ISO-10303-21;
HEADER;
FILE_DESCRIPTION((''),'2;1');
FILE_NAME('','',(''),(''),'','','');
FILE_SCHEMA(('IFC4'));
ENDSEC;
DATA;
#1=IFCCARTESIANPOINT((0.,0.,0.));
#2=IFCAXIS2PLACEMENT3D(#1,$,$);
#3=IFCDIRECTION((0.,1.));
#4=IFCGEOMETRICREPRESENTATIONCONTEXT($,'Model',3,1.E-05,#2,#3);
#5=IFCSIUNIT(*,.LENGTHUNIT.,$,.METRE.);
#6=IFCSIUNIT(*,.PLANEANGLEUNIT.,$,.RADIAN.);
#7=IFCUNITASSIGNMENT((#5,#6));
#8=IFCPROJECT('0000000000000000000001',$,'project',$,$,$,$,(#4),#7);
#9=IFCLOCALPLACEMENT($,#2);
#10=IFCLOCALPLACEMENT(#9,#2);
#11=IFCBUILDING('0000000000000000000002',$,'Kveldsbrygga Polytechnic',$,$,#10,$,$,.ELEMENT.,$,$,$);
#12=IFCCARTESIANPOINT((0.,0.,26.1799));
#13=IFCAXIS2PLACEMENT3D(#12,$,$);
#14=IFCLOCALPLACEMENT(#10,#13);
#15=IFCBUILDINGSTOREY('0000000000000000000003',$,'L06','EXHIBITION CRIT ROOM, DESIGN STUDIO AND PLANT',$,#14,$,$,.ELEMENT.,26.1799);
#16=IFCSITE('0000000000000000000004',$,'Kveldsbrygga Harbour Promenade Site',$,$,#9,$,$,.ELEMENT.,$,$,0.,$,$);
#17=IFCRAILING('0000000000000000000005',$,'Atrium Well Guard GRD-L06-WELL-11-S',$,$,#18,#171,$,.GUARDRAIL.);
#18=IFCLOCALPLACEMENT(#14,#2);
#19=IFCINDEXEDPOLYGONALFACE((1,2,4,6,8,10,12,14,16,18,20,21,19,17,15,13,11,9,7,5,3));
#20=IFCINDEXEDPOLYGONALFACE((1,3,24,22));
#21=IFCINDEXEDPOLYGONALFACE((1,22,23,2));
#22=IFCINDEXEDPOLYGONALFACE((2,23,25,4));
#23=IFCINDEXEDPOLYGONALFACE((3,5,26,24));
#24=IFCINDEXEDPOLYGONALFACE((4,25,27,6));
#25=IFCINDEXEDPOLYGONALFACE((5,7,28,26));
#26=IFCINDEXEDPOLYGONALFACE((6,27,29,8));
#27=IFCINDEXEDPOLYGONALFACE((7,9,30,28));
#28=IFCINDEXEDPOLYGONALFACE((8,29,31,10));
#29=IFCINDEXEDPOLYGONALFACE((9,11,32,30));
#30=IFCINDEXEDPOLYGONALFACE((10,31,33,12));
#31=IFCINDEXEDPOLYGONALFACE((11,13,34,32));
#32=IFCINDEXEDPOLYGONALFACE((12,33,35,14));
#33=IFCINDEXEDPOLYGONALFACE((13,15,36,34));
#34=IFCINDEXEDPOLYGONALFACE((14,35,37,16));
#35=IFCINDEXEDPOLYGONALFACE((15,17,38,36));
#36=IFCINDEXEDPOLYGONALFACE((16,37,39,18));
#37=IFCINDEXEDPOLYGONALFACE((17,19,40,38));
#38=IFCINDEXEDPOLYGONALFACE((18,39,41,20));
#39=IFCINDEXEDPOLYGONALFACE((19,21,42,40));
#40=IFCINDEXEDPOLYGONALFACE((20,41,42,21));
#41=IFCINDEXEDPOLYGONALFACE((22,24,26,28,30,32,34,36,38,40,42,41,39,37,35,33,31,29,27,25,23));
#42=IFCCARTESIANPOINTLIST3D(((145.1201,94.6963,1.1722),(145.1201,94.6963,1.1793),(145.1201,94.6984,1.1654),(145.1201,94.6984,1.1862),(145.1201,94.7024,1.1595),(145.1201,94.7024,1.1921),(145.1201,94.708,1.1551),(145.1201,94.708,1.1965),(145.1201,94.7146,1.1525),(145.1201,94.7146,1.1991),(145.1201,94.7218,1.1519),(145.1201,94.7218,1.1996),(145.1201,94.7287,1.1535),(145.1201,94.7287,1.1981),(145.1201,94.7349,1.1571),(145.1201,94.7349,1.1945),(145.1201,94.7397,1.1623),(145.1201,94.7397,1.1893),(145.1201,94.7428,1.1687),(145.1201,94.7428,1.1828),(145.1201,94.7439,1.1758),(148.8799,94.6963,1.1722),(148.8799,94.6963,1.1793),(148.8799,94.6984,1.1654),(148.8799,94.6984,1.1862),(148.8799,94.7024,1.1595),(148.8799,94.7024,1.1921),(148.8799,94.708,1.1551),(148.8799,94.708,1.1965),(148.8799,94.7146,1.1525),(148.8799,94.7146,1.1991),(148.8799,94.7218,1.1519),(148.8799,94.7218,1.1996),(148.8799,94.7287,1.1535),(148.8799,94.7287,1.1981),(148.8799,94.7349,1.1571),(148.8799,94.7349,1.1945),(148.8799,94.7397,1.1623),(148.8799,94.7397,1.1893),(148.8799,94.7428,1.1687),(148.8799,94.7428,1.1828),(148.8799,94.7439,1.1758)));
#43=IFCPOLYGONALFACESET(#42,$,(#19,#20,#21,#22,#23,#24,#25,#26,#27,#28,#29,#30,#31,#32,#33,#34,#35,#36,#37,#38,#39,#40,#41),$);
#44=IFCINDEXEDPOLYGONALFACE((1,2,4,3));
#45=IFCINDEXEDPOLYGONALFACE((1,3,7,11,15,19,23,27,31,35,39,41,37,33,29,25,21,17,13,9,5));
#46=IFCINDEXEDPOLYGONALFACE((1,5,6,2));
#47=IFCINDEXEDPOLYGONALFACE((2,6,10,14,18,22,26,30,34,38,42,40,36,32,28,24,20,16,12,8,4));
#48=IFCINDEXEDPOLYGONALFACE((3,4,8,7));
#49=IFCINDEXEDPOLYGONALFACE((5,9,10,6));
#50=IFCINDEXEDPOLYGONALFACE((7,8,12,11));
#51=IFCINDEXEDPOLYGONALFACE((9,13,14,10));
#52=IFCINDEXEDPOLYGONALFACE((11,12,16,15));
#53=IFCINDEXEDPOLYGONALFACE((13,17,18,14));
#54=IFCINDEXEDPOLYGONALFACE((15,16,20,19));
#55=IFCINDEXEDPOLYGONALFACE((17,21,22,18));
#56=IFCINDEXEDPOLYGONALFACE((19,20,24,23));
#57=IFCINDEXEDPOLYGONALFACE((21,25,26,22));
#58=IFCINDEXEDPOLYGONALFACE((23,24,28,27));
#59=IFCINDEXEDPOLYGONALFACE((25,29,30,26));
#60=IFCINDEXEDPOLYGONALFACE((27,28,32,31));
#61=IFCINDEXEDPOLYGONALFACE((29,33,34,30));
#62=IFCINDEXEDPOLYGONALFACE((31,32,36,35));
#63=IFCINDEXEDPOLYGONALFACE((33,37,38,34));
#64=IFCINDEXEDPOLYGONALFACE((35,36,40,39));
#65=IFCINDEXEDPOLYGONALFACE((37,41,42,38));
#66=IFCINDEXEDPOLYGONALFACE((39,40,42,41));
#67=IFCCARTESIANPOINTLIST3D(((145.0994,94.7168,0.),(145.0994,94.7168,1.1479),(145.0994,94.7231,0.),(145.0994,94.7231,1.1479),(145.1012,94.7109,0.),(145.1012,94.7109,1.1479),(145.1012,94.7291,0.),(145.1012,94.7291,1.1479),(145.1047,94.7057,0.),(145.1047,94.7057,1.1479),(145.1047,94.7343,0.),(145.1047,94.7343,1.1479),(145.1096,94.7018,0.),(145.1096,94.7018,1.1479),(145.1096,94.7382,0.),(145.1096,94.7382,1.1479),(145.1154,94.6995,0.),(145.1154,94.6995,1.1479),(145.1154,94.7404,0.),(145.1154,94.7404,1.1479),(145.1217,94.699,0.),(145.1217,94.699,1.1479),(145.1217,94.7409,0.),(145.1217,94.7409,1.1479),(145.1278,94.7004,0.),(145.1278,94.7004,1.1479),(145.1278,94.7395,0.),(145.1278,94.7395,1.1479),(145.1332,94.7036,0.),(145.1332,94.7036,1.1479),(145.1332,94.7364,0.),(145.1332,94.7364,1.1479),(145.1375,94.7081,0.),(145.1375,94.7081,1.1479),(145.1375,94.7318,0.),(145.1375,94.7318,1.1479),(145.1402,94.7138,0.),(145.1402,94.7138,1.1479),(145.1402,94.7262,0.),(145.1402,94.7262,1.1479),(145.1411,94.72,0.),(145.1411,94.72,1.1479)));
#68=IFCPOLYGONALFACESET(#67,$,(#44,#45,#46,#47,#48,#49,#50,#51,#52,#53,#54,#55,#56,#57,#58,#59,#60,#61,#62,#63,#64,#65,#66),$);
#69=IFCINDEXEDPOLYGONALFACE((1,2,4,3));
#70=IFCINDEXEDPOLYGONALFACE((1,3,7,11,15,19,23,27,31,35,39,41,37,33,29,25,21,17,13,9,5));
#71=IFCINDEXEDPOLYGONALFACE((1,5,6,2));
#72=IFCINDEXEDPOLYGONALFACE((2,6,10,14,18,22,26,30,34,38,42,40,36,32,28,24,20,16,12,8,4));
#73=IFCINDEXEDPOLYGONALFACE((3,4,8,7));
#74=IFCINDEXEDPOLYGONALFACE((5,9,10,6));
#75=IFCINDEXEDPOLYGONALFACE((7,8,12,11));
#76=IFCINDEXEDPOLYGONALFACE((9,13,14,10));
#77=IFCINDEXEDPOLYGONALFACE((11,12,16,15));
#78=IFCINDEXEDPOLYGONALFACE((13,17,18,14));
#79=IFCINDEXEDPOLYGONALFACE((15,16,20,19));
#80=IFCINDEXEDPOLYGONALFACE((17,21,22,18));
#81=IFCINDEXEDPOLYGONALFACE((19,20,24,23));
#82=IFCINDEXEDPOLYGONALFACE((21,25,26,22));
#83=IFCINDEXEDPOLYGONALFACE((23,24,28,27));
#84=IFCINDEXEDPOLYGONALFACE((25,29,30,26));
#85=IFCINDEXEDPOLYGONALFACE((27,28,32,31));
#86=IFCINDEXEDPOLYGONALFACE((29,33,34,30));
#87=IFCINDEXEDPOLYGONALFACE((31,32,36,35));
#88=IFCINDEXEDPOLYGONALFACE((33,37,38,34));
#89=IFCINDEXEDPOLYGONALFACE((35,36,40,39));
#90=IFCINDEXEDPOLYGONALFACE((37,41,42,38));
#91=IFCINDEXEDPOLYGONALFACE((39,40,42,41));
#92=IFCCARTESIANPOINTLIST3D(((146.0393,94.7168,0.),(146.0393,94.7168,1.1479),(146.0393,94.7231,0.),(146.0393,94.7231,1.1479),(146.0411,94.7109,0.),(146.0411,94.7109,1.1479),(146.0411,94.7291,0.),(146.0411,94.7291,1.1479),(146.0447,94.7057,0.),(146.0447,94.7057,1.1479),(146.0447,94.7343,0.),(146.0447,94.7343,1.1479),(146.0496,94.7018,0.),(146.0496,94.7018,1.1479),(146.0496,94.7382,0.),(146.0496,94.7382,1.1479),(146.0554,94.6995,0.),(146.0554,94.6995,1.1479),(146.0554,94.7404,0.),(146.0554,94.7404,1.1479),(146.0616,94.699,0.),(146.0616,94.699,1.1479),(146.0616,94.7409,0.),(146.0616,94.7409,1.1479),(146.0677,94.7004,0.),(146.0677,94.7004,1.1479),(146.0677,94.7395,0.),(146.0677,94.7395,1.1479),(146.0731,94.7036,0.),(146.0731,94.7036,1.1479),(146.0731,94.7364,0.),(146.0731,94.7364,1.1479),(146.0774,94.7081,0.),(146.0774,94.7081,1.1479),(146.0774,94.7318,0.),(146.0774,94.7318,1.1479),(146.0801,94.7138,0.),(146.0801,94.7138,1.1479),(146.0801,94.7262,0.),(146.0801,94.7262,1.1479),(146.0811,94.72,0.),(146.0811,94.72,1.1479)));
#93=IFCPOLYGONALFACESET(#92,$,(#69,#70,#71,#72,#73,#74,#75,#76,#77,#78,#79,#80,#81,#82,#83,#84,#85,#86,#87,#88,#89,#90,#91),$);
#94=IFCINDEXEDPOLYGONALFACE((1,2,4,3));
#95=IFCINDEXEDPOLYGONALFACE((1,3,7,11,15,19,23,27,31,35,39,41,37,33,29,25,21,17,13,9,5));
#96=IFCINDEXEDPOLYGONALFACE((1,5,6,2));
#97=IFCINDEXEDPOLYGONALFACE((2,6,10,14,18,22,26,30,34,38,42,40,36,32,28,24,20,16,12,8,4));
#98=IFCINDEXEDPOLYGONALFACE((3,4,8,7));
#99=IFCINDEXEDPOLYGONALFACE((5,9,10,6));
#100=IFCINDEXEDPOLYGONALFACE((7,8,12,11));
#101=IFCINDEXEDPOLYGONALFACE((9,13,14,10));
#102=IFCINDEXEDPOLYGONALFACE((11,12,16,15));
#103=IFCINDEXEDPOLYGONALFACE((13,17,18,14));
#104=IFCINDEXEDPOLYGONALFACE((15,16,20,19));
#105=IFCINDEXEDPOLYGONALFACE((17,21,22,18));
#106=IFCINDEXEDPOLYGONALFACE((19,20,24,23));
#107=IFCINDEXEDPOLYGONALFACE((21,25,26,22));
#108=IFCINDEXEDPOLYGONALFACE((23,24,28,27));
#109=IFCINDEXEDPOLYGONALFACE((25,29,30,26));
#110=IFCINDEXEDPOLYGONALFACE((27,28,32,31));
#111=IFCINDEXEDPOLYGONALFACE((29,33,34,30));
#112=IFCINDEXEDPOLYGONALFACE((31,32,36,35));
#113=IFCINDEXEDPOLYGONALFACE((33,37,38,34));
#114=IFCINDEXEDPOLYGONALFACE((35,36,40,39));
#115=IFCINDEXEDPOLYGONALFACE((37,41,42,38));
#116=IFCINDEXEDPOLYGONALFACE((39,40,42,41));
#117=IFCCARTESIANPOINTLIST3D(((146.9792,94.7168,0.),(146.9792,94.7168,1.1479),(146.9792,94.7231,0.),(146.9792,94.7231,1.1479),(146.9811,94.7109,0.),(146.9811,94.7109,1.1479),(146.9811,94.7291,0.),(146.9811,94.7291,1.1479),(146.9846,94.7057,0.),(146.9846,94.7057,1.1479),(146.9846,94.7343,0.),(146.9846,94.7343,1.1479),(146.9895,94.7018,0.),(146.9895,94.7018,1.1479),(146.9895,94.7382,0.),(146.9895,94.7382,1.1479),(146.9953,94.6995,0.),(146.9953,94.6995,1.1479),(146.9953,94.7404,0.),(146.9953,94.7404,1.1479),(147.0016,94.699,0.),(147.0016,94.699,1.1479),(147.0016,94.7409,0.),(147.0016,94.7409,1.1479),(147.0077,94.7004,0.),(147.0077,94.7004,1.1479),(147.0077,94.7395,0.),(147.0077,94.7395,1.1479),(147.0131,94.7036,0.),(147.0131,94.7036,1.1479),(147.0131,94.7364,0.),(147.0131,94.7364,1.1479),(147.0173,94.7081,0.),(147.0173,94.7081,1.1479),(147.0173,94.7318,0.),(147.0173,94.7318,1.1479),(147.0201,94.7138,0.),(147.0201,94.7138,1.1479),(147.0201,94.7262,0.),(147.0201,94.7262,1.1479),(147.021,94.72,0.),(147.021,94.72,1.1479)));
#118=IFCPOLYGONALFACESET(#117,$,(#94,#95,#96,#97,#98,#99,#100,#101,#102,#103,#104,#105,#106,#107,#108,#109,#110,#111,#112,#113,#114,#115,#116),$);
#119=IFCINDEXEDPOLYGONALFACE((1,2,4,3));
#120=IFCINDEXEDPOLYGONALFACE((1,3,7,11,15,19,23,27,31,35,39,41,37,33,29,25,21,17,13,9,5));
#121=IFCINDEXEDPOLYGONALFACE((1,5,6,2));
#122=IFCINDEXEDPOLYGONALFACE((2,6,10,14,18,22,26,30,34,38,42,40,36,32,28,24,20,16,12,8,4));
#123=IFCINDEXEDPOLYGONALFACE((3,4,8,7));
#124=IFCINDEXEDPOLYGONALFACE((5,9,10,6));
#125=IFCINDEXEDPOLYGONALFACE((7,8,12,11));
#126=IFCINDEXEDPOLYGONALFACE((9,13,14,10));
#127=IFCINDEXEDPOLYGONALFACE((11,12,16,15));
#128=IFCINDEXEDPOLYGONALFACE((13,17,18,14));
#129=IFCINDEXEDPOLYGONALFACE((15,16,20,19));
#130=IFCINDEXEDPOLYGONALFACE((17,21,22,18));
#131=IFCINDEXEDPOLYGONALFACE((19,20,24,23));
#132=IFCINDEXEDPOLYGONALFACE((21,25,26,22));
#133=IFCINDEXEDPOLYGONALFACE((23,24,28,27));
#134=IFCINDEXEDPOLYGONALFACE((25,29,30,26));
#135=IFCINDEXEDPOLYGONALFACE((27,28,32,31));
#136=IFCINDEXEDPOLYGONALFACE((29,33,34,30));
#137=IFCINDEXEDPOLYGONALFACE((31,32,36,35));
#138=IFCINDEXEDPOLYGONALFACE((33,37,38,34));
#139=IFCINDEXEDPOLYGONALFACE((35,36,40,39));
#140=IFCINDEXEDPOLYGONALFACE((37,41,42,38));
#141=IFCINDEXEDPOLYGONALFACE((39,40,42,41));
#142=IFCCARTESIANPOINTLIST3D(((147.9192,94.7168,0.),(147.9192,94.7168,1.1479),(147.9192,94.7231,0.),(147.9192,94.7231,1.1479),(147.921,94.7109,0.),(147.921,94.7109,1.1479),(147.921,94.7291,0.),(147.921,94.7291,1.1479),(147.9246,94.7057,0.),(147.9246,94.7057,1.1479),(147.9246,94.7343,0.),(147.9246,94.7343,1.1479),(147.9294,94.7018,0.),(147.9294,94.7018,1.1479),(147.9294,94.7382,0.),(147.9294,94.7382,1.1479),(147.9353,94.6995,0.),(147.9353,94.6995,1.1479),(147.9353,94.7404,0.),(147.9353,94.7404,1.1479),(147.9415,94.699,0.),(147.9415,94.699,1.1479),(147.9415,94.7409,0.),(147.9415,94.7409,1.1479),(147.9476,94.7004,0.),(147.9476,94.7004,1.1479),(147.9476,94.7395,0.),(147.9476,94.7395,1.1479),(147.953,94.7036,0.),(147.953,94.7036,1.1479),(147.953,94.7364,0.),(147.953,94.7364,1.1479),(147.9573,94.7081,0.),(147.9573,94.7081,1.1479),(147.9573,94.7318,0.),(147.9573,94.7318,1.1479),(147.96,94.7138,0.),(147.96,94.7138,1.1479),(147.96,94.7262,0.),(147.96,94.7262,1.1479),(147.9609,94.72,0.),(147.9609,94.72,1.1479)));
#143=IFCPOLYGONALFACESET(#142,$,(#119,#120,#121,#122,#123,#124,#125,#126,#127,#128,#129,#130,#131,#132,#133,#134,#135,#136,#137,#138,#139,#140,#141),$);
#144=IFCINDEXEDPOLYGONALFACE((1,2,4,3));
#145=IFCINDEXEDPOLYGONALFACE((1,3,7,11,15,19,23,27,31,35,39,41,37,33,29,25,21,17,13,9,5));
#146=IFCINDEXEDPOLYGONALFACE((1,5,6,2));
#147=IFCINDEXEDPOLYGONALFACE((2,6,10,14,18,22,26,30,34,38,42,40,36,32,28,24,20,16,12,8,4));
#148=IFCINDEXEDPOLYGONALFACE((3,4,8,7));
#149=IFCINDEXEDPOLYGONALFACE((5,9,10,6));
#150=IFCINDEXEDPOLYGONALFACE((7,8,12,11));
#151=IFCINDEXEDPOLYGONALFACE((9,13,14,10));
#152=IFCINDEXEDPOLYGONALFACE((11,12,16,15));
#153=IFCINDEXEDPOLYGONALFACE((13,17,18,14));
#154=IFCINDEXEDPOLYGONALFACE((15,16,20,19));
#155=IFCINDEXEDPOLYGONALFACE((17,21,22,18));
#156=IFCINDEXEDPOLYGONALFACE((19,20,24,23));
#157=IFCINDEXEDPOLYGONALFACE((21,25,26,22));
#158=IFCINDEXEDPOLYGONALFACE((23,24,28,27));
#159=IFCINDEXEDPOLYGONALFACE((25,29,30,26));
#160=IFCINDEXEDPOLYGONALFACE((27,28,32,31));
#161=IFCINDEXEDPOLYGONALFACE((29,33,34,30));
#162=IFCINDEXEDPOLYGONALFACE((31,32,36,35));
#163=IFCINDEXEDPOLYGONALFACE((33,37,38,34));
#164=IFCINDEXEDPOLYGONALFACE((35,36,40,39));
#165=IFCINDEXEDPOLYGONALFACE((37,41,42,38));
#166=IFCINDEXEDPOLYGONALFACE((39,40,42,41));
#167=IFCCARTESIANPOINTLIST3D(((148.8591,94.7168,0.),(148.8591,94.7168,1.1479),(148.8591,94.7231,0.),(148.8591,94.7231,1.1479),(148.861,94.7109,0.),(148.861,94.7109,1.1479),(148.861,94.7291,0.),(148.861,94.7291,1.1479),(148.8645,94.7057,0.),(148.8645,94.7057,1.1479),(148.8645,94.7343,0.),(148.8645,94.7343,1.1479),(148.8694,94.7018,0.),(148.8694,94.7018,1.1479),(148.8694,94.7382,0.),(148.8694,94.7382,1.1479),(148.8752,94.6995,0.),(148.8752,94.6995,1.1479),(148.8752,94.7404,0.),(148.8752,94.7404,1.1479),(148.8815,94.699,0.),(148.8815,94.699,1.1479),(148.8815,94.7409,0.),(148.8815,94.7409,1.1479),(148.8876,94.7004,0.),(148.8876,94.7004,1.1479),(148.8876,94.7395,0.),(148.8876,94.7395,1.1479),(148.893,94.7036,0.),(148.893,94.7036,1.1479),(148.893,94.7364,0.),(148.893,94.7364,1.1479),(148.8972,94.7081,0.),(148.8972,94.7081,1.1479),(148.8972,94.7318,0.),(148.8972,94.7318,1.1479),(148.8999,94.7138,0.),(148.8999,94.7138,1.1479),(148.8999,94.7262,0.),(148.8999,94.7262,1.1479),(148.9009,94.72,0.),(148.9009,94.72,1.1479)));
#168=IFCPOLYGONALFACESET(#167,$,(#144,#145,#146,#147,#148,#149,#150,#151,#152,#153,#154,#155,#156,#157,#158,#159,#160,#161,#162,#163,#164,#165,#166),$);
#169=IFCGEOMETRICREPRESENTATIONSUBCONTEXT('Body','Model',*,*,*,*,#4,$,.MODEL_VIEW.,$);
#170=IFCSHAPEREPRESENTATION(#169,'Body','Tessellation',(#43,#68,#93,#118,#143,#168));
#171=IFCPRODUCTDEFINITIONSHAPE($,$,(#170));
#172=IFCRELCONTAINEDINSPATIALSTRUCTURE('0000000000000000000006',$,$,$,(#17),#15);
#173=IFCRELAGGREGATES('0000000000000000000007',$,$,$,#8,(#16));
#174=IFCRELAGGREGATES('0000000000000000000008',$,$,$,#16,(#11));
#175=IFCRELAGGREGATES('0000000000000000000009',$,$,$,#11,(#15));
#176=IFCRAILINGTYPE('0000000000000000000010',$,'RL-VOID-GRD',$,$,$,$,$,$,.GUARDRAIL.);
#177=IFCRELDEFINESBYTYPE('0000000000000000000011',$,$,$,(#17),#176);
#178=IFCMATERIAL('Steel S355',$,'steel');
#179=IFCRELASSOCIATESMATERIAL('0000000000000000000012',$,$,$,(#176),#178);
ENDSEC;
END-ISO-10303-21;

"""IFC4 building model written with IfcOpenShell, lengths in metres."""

from ifc_helpers import new_model, si_unit, direction, frame, origin, origin_2d, place, context, subcontext, project, spatial, circle, extrude, material, type_object, element, save


model = new_model("IFC4")

# Units and contexts
model_context = context("Model", 3, precision=1e-05, world=origin(), true_north=direction((0.0, 1.0)))
body_context = subcontext(model_context, "Body", "Model", "MODEL_VIEW")
ifc_project = project(units=[si_unit("LENGTHUNIT", "METRE"), si_unit("PLANEANGLEUNIT", "RADIAN")], contexts=[model_context])

# Site, building, storey
site_placement = place(None, origin())
site = spatial("IfcSite", under=ifc_project, at=site_placement, Name="Kveldsbrygga Harbour Promenade Site", CompositionType="ELEMENT", RefElevation=0.0)
building_placement = place(site_placement, origin())
building = spatial("IfcBuilding", under=site, at=building_placement, Name="Kveldsbrygga Polytechnic", CompositionType="ELEMENT")
storey_placement = place(building_placement, frame((0.0, 0.0, 26.1799)))
storey = spatial("IfcBuildingStorey", under=building, at=storey_placement, Name="L06", Description="EXHIBITION CRIT ROOM, DESIGN STUDIO AND PLANT", CompositionType="ELEMENT", Elevation=26.1799)

# Shared definitions
ifc_material_1 = material(Name="Steel S355", Category="steel")

# Railing
railing_type = type_object("IfcRailingType", Name="RL-VOID-GRD", PredefinedType="GUARDRAIL", material=ifc_material_1)
railing_1_placement = place(storey_placement, frame((145.1201, 94.72, 0.0)))
element("IfcRailing", 1, at=railing_1_placement, inside=storey, type_object=railing_type, Name="Atrium Well Guard GRD-L06-WELL-11-S", PredefinedType="GUARDRAIL", context=body_context, shape_type="SweptSolid", body=[
    extrude(circle(Radius=0.0239, at=origin_2d()), frame((0.0, 0.0, 1.1758), z_axis=(1.0, 0.0, 0.0), x_axis=(0.0, 1.0, 0.0)), (0.0, 0.0, 1.0), 3.7598),
    extrude(circle(Radius=0.021, at=origin_2d()), origin(), (0.0, 0.0, 1.0), 1.1479),
    extrude(circle(Radius=0.021, at=origin_2d()), frame((0.9399, 0.0, 0.0)), (0.0, 0.0, 1.0), 1.1479),
    extrude(circle(Radius=0.021, at=origin_2d()), frame((1.8799, 0.0, 0.0)), (0.0, 0.0, 1.0), 1.1479),
    extrude(circle(Radius=0.021, at=origin_2d()), frame((2.8198, 0.0, 0.0)), (0.0, 0.0, 1.0), 1.1479),
    extrude(circle(Radius=0.021, at=origin_2d()), frame((3.7598, 0.0, 0.0)), (0.0, 0.0, 1.0), 1.1479),
])

save(model, "model.ifc")
